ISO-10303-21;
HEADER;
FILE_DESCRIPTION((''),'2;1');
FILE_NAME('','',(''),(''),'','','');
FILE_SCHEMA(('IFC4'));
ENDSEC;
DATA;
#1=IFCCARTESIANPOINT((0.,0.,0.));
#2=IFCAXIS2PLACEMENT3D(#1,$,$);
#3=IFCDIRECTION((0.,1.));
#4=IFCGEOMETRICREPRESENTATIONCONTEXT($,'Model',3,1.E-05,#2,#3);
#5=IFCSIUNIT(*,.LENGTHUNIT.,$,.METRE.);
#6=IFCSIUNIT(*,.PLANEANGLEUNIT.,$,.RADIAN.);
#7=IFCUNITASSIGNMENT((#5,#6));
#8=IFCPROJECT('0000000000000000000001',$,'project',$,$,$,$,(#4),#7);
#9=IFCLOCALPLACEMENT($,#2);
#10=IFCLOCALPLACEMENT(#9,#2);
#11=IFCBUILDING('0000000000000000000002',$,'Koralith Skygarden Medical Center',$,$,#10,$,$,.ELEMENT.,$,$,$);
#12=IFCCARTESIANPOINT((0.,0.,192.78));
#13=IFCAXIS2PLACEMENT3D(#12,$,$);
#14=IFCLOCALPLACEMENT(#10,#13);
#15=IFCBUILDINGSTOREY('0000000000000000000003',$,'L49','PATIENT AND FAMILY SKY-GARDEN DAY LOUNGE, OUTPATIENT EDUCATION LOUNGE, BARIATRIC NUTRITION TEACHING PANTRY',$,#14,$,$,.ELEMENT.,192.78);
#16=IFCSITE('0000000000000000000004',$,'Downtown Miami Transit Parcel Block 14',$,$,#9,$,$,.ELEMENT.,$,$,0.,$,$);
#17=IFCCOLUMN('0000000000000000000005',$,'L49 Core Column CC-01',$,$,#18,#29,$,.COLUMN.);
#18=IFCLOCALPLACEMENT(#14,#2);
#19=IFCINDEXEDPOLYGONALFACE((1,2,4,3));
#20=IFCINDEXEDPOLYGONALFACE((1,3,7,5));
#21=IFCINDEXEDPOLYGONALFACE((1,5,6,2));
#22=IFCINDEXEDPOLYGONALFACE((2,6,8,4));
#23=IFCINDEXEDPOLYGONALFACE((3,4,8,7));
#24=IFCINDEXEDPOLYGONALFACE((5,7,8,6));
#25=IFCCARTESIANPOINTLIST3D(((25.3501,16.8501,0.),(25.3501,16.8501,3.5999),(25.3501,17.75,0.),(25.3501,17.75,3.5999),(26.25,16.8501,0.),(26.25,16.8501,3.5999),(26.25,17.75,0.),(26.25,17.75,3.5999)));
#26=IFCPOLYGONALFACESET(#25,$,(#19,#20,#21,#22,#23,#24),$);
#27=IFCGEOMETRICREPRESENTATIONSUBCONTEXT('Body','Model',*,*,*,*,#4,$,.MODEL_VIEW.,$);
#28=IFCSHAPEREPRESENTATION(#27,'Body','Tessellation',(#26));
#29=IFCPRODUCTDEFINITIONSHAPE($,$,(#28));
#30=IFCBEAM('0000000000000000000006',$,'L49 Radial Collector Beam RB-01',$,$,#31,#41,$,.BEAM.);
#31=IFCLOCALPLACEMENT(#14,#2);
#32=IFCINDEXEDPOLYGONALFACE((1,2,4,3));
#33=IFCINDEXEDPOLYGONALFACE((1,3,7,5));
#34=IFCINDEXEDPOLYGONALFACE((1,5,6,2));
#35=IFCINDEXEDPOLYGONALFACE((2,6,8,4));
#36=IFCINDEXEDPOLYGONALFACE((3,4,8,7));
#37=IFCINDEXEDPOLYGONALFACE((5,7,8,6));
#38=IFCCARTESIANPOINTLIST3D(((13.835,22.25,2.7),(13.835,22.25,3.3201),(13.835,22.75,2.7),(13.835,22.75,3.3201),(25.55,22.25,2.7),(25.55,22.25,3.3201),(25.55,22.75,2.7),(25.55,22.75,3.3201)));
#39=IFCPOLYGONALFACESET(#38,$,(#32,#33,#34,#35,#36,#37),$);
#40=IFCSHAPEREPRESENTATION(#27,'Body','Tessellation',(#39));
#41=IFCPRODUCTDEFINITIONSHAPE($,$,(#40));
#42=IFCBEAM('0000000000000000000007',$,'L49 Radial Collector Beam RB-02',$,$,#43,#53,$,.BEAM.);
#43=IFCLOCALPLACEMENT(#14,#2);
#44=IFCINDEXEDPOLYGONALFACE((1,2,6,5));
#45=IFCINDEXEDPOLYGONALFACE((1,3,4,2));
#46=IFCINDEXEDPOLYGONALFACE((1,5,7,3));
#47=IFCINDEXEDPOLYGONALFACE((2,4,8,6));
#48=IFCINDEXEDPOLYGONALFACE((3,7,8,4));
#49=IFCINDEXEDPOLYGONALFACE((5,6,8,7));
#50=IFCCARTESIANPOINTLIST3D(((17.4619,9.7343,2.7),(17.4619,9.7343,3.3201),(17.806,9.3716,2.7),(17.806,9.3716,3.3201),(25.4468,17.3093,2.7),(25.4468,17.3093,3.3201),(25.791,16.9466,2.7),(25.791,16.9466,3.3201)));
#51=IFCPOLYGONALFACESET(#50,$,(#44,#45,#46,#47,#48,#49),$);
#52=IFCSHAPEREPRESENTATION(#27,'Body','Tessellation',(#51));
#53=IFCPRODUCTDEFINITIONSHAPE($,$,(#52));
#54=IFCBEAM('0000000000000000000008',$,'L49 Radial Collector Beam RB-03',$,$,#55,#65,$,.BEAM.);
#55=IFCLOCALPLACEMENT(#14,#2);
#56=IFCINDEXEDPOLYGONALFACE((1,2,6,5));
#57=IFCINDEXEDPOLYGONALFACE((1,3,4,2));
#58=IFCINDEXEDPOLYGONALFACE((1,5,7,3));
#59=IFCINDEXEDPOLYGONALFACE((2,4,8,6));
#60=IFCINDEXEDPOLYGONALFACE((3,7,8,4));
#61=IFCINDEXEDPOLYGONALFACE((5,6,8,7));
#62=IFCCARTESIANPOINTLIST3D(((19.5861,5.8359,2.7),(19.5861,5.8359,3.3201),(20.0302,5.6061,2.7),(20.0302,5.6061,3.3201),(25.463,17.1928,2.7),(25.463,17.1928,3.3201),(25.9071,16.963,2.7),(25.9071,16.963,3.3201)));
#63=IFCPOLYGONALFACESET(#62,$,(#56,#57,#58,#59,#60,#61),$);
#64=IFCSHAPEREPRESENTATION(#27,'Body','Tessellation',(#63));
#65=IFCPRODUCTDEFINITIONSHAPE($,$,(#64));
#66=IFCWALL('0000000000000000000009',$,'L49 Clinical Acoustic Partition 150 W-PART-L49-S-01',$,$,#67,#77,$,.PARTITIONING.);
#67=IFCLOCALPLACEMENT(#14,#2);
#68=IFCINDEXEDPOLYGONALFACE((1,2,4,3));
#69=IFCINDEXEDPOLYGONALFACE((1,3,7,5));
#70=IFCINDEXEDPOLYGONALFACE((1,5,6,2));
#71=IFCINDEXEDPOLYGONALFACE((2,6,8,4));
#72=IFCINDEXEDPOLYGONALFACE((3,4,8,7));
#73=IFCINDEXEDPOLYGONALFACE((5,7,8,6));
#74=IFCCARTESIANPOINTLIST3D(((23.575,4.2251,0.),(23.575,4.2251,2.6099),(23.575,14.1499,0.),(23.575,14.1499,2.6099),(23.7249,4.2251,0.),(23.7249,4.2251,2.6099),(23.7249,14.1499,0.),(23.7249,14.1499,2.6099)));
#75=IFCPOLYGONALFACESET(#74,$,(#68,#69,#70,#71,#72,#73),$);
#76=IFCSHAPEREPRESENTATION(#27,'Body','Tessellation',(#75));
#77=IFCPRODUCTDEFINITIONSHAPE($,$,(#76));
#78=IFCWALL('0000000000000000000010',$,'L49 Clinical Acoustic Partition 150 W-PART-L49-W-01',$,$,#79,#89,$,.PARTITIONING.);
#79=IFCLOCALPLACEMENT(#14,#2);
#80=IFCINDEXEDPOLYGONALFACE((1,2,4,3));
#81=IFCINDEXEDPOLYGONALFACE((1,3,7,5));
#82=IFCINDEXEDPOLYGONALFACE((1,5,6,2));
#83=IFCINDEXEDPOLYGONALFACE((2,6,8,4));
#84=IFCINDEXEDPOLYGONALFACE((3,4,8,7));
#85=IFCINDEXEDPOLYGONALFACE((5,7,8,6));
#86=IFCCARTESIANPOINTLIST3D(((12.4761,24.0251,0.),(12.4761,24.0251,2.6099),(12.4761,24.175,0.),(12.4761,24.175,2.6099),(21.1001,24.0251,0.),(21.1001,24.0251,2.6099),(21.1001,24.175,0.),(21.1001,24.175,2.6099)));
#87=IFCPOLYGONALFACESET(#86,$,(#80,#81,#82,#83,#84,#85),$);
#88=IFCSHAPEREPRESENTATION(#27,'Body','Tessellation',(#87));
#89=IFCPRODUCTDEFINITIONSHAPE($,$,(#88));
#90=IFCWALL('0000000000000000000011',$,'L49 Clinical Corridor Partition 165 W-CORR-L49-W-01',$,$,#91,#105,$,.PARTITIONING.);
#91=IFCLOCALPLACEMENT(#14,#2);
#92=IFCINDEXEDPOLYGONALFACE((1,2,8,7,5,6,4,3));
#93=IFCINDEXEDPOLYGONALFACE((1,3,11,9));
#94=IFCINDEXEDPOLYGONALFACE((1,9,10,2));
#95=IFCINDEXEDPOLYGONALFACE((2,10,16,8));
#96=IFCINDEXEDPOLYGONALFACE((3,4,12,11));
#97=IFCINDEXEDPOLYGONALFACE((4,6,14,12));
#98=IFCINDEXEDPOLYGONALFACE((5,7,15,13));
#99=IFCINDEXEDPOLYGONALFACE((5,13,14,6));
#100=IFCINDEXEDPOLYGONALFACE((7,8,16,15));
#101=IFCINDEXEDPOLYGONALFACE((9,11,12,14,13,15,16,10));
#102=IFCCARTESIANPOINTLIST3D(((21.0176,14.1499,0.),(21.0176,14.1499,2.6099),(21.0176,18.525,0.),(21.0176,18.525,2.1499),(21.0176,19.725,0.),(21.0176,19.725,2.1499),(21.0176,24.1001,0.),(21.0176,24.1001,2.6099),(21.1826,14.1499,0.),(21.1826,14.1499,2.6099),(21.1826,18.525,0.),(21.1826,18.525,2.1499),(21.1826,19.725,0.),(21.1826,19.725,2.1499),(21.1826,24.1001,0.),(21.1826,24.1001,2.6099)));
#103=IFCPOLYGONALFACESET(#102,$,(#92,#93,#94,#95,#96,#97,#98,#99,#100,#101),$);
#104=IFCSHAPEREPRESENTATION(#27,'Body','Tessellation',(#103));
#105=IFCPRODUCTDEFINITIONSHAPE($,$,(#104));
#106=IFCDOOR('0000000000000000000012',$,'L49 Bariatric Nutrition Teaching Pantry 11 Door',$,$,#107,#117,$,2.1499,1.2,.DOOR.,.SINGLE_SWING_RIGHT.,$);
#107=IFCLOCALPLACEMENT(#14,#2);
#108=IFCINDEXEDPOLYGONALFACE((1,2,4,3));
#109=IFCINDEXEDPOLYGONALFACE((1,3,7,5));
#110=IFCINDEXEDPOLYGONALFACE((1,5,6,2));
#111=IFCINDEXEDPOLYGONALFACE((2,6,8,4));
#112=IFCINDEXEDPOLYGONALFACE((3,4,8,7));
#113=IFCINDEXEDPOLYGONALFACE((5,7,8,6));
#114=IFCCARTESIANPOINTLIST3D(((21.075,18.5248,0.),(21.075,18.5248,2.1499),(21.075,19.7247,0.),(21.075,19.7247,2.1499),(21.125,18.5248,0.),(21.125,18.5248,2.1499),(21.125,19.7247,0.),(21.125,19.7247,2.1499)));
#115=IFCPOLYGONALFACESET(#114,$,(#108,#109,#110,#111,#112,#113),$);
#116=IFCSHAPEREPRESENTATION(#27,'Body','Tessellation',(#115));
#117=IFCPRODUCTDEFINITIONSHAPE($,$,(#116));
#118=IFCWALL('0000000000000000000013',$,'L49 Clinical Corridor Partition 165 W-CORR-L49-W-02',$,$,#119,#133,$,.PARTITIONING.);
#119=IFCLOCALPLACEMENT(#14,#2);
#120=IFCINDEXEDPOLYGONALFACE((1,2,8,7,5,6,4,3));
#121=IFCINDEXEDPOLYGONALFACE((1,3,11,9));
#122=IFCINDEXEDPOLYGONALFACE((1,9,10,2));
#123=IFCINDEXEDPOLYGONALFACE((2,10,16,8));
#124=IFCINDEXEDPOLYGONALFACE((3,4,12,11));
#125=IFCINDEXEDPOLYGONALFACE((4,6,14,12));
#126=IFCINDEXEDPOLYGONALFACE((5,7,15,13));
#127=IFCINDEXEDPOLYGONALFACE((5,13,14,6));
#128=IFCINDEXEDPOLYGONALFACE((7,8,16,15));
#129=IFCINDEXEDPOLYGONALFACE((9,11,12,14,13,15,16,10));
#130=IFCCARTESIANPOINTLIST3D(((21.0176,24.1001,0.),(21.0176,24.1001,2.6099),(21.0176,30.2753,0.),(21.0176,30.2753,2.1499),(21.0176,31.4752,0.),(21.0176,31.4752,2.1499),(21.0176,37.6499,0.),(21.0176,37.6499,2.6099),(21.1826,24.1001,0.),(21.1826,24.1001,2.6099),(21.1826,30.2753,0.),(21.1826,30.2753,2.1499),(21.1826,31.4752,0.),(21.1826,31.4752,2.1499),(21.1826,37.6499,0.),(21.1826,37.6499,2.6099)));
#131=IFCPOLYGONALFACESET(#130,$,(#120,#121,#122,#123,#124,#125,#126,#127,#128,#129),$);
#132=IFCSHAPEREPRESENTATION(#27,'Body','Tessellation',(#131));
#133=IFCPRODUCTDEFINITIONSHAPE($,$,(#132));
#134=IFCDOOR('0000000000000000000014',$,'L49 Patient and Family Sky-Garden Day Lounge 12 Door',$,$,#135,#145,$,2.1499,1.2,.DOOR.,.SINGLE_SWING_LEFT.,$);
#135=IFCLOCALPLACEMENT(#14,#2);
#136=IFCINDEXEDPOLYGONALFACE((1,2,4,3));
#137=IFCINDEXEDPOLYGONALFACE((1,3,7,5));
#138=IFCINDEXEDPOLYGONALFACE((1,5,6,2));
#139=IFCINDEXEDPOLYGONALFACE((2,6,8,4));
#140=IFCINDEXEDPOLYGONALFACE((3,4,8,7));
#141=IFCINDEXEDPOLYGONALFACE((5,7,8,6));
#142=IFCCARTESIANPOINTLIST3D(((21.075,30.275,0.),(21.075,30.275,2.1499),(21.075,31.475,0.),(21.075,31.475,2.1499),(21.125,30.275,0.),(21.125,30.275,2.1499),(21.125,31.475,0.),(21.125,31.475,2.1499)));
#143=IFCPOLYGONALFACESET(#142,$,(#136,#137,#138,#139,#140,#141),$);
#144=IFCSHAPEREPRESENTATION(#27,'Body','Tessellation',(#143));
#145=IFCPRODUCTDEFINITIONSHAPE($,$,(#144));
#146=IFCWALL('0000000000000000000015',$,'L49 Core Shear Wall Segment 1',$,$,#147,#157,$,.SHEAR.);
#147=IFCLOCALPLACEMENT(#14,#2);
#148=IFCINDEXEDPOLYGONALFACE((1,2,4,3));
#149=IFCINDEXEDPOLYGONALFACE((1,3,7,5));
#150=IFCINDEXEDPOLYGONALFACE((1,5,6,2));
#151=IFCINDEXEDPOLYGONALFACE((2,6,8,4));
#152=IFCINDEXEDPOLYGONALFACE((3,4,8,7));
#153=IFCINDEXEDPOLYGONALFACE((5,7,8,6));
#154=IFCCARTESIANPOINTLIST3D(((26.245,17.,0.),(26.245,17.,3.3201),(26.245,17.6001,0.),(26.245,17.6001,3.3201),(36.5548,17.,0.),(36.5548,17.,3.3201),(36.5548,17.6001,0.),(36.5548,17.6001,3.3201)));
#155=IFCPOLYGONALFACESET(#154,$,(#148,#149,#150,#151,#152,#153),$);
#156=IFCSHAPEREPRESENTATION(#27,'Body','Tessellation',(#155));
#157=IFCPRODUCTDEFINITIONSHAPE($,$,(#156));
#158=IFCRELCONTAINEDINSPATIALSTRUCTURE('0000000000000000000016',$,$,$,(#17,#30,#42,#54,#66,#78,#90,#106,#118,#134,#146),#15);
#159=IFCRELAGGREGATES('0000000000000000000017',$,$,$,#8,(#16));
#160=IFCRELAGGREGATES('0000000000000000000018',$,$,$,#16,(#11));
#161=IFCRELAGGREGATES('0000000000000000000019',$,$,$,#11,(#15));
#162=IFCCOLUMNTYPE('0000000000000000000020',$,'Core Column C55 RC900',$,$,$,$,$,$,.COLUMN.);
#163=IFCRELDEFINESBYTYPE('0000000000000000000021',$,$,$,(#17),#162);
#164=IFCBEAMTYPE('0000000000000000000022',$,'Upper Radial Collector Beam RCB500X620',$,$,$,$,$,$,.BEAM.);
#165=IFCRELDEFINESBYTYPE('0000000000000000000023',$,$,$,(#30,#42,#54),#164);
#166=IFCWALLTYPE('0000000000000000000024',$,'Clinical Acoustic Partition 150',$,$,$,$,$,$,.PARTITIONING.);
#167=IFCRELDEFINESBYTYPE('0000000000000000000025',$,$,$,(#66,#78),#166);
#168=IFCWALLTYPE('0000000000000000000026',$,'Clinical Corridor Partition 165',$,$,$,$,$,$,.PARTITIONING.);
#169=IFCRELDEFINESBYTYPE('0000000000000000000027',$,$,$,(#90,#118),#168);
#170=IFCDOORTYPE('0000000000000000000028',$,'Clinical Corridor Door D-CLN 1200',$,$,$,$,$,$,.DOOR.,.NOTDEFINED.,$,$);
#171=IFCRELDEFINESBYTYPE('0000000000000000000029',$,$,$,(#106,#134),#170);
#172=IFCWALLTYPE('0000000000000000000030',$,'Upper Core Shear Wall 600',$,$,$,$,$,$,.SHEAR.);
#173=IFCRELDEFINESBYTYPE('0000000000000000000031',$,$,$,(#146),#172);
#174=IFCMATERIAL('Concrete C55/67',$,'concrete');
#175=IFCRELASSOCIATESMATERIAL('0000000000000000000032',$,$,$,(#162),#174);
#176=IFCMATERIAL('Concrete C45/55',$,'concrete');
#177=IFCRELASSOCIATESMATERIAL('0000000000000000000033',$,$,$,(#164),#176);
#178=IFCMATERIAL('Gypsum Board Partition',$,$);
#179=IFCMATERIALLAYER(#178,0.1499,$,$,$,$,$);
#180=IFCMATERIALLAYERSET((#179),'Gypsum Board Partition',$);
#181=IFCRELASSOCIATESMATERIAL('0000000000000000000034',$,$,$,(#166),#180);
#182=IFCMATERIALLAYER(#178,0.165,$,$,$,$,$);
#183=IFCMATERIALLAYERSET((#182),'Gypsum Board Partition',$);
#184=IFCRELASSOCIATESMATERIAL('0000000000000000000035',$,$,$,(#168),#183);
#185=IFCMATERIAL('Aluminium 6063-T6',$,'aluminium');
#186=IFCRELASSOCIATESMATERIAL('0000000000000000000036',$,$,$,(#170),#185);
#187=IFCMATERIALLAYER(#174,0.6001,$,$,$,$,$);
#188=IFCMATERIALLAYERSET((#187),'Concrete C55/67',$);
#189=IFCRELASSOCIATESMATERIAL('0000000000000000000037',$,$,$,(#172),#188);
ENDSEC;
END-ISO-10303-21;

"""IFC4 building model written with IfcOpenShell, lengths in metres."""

from ifc_helpers import new_model, si_unit, direction, frame, frame_2d, origin, origin_2d, place, context, subcontext, project, spatial, rectangle, extrude, material, layer, layer_set, material_profile, profile_set, type_object, element, fill, save


model = new_model("IFC4")

# Units and contexts
model_context = context("Model", 3, precision=1e-05, world=origin(), true_north=direction((0.0, 1.0)))
body_context = subcontext(model_context, "Body", "Model", "MODEL_VIEW")
ifc_project = project(units=[si_unit("LENGTHUNIT", "METRE"), si_unit("PLANEANGLEUNIT", "RADIAN")], contexts=[model_context])

# Site, building, storey
site_placement = place(None, origin())
site = spatial("IfcSite", under=ifc_project, at=site_placement, Name="Downtown Miami Transit Parcel Block 14", CompositionType="ELEMENT", RefElevation=0.0)
building_placement = place(site_placement, origin())
building = spatial("IfcBuilding", under=site, at=building_placement, Name="Koralith Skygarden Medical Center", CompositionType="ELEMENT")
storey_placement = place(building_placement, frame((0.0, 0.0, 192.78)))
storey = spatial("IfcBuildingStorey", under=building, at=storey_placement, Name="L49", Description="PATIENT AND FAMILY SKY-GARDEN DAY LOUNGE, OUTPATIENT EDUCATION LOUNGE, BARIATRIC NUTRITION TEACHING PANTRY", CompositionType="ELEMENT", Elevation=192.78)

# Column
ifc_material_1 = material(Name="Concrete C55/67", Category="concrete")
ifc_material_profile_1 = material_profile(ifc_material_1, rectangle(XDim=0.8999, YDim=0.8999, at=origin_2d()), Name="RC900X900")
ifc_profile_set_1 = profile_set([ifc_material_profile_1], Name="Concrete C55/67")
column_type = type_object("IfcColumnType", Name="Core Column C55 RC900", PredefinedType="COLUMN", material=ifc_profile_set_1)
column_placement = place(storey_placement, frame((25.8, 17.3, 0.0), z_axis=(0.0, 0.0, 1.0), x_axis=(1.0, 0.0, 0.0)))
element("IfcColumn", 1, at=column_placement, inside=storey, type_object=column_type, Name="L49 Core Column CC-01", PredefinedType="COLUMN", context=body_context, shape_type="SweptSolid", body=[
    extrude(rectangle(XDim=0.8999, YDim=0.8999, at=origin_2d()), origin(), (0.0, 0.0, 1.0), 3.5999),
])

# Beams
ifc_material_2 = material(Name="Concrete C45/55", Category="concrete")
ifc_material_profile_2 = material_profile(ifc_material_2, rectangle(XDim=0.5, YDim=0.6201, at=origin_2d()), Name="RCB500X620")
ifc_profile_set_2 = profile_set([ifc_material_profile_2], Name="Concrete C45/55")
beam_type = type_object("IfcBeamType", Name="Upper Radial Collector Beam RCB500X620", PredefinedType="BEAM", material=ifc_profile_set_2)
beam_1_placement = place(storey_placement, frame((25.55, 22.5, 3.01), z_axis=(-1.0, 0.0, 0.0), x_axis=(0.0, -1.0, 0.0)))
element("IfcBeam", 2, at=beam_1_placement, inside=storey, type_object=beam_type, Name="L49 Radial Collector Beam RB-01", PredefinedType="BEAM", context=body_context, shape_type="SweptSolid", body=[
    extrude(rectangle(XDim=0.5, YDim=0.6201, at=origin_2d()), origin(), (0.0, 0.0, 1.0), 11.7151),
])
beam_2_placement = place(storey_placement, frame((25.6189, 17.1279, 3.01), z_axis=(-0.725483, -0.68824, 0.0), x_axis=(0.68824, -0.725483, 0.0)))
element("IfcBeam", 3, at=beam_2_placement, inside=storey, type_object=beam_type, Name="L49 Radial Collector Beam RB-02", PredefinedType="BEAM", context=body_context, shape_type="SweptSolid", body=[
    extrude(rectangle(XDim=0.5, YDim=0.6201, at=origin_2d()), origin(), (0.0, 0.0, 1.0), 11.0063),
])
beam_3_placement = place(storey_placement, frame((25.6851, 17.0779, 3.01), z_axis=(-0.459588, -0.888132, 0.0), x_axis=(0.888132, -0.459588, 0.0)))
element("IfcBeam", 4, at=beam_3_placement, inside=storey, type_object=beam_type, Name="L49 Radial Collector Beam RB-03", PredefinedType="BEAM", context=body_context, shape_type="SweptSolid", body=[
    extrude(rectangle(XDim=0.5, YDim=0.6201, at=origin_2d()), origin(), (0.0, 0.0, 1.0), 12.7874),
])

# Walls
ifc_material_3 = material(Name="Gypsum Board Partition")
ifc_layer_1 = layer(ifc_material_3, 0.1499)
ifc_layer_set_1 = layer_set([ifc_layer_1], Name="Gypsum Board Partition")
wall_type_1 = type_object("IfcWallType", Name="Clinical Acoustic Partition 150", PredefinedType="PARTITIONING", material=ifc_layer_set_1)
wall_1_placement = place(storey_placement, frame((23.6499, 14.1499, 0.0), z_axis=(0.0, 0.0, 1.0), x_axis=(0.0, -1.0, 0.0)))
element("IfcWall", 5, at=wall_1_placement, inside=storey, type_object=wall_type_1, Name="L49 Clinical Acoustic Partition 150 W-PART-L49-S-01", PredefinedType="PARTITIONING", context=body_context, shape_type="SweptSolid", body=[
    extrude(rectangle(XDim=9.9248, YDim=0.1499, at=frame_2d((4.9624, 0.0))), origin(), (0.0, 0.0, 1.0), 2.6099),
])
wall_2_placement = place(storey_placement, frame((21.1001, 24.1001, 0.0), z_axis=(0.0, 0.0, 1.0), x_axis=(-1.0, 0.0, 0.0)))
element("IfcWall", 6, at=wall_2_placement, inside=storey, type_object=wall_type_1, Name="L49 Clinical Acoustic Partition 150 W-PART-L49-W-01", PredefinedType="PARTITIONING", context=body_context, shape_type="SweptSolid", body=[
    extrude(rectangle(XDim=8.624, YDim=0.1499, at=frame_2d((4.312, 0.0))), origin(), (0.0, 0.0, 1.0), 2.6099),
])

# Walls, openings, doors
ifc_layer_2 = layer(ifc_material_3, 0.165)
ifc_layer_set_2 = layer_set([ifc_layer_2], Name="Gypsum Board Partition")
wall_type_2 = type_object("IfcWallType", Name="Clinical Corridor Partition 165", PredefinedType="PARTITIONING", material=ifc_layer_set_2)
ifc_material_4 = material(Name="Aluminium 6063-T6", Category="aluminium")
door_type = type_object("IfcDoorType", Name="Clinical Corridor Door D-CLN 1200", OperationType="NOTDEFINED", PredefinedType="DOOR", material=ifc_material_4)
wall_3_placement = place(storey_placement, frame((21.1001, 14.1499, 0.0), z_axis=(0.0, 0.0, 1.0), x_axis=(0.0, 1.0, 0.0)))
wall_3 = element("IfcWall", 7, at=wall_3_placement, inside=storey, type_object=wall_type_2, Name="L49 Clinical Corridor Partition 165 W-CORR-L49-W-01", PredefinedType="PARTITIONING", context=body_context, shape_type="SweptSolid", body=[
    extrude(rectangle(XDim=9.9502, YDim=0.165, at=frame_2d((4.9751, 0.0))), origin(), (0.0, 0.0, 1.0), 2.6099),
])
opening_1_placement = place(wall_3_placement, frame((4.375, 0.0, 0.0)))
opening_1 = element("IfcOpeningElement", 8, at=opening_1_placement, cuts=wall_3, PredefinedType="OPENING", context=body_context, shape_type="SweptSolid", body=[
    extrude(rectangle(XDim=1.2, YDim=2.1499, at=frame_2d((0.6001, 1.075))), frame((0.0, 0.0925, 0.0), z_axis=(0.0, -1.0, 0.0), x_axis=(1.0, 0.0, 0.0)), (0.0, 0.0, 1.0), 0.1851),
])
door_1_placement = place(opening_1_placement, frame((1.2, 0.0, 0.0), z_axis=(0.0, 0.0, 1.0), x_axis=(-1.0, 0.0, 0.0)))
door_1 = element("IfcDoor", 9, at=door_1_placement, inside=storey, type_object=door_type, Name="L49 Bariatric Nutrition Teaching Pantry 11 Door", OperationType="SINGLE_SWING_RIGHT", OverallHeight=2.1499, OverallWidth=1.2, PredefinedType="DOOR", context=body_context, shape_type="SweptSolid", body=[
    extrude(rectangle(XDim=1.2, YDim=2.1499, at=frame_2d((0.6001, 1.075))), frame((0.0, 0.0249, 0.0), z_axis=(0.0, -1.0, 0.0), x_axis=(1.0, 0.0, 0.0)), (0.0, 0.0, 1.0), 0.05),
])
fill(opening_1, door_1)
wall_4_placement = place(storey_placement, frame((21.1001, 24.1001, 0.0), z_axis=(0.0, 0.0, 1.0), x_axis=(0.0, 1.0, 0.0)))
wall_4 = element("IfcWall", 10, at=wall_4_placement, inside=storey, type_object=wall_type_2, Name="L49 Clinical Corridor Partition 165 W-CORR-L49-W-02", PredefinedType="PARTITIONING", context=body_context, shape_type="SweptSolid", body=[
    extrude(rectangle(XDim=13.5498, YDim=0.165, at=frame_2d((6.7749, 0.0))), origin(), (0.0, 0.0, 1.0), 2.6099),
])
opening_2_placement = place(wall_4_placement, frame((6.175, 0.0, 0.0)))
opening_2 = element("IfcOpeningElement", 11, at=opening_2_placement, cuts=wall_4, PredefinedType="OPENING", context=body_context, shape_type="SweptSolid", body=[
    extrude(rectangle(XDim=1.2, YDim=2.1499, at=frame_2d((0.6001, 1.075))), frame((0.0, 0.0925, 0.0), z_axis=(0.0, -1.0, 0.0), x_axis=(1.0, 0.0, 0.0)), (0.0, 0.0, 1.0), 0.1851),
])
door_2_placement = place(opening_2_placement, frame((1.2, 0.0, 0.0), z_axis=(0.0, 0.0, 1.0), x_axis=(-1.0, 0.0, 0.0)))
door_2 = element("IfcDoor", 12, at=door_2_placement, inside=storey, type_object=door_type, Name="L49 Patient and Family Sky-Garden Day Lounge 12 Door", OperationType="SINGLE_SWING_LEFT", OverallHeight=2.1499, OverallWidth=1.2, PredefinedType="DOOR", context=body_context, shape_type="SweptSolid", body=[
    extrude(rectangle(XDim=1.2, YDim=2.1499, at=frame_2d((0.6001, 1.075))), frame((0.0, 0.0249, 0.0), z_axis=(0.0, -1.0, 0.0), x_axis=(1.0, 0.0, 0.0)), (0.0, 0.0, 1.0), 0.05),
])
fill(opening_2, door_2)

# Wall
ifc_layer_3 = layer(ifc_material_1, 0.6001)
ifc_layer_set_3 = layer_set([ifc_layer_3], Name="Concrete C55/67")
wall_type_3 = type_object("IfcWallType", Name="Upper Core Shear Wall 600", PredefinedType="SHEAR", material=ifc_layer_set_3)
wall_5_placement = place(storey_placement, frame((26.2451, 17.3, 0.0), z_axis=(0.0, 0.0, 1.0), x_axis=(1.0, 0.0, 0.0)))
element("IfcWall", 13, at=wall_5_placement, inside=storey, type_object=wall_type_3, Name="L49 Core Shear Wall Segment 1", PredefinedType="SHEAR", context=body_context, shape_type="SweptSolid", body=[
    extrude(rectangle(XDim=10.3098, YDim=0.6001, at=frame_2d((5.1548, 0.0))), origin(), (0.0, 0.0, 1.0), 3.3201),
])

save(model, "model.ifc")
